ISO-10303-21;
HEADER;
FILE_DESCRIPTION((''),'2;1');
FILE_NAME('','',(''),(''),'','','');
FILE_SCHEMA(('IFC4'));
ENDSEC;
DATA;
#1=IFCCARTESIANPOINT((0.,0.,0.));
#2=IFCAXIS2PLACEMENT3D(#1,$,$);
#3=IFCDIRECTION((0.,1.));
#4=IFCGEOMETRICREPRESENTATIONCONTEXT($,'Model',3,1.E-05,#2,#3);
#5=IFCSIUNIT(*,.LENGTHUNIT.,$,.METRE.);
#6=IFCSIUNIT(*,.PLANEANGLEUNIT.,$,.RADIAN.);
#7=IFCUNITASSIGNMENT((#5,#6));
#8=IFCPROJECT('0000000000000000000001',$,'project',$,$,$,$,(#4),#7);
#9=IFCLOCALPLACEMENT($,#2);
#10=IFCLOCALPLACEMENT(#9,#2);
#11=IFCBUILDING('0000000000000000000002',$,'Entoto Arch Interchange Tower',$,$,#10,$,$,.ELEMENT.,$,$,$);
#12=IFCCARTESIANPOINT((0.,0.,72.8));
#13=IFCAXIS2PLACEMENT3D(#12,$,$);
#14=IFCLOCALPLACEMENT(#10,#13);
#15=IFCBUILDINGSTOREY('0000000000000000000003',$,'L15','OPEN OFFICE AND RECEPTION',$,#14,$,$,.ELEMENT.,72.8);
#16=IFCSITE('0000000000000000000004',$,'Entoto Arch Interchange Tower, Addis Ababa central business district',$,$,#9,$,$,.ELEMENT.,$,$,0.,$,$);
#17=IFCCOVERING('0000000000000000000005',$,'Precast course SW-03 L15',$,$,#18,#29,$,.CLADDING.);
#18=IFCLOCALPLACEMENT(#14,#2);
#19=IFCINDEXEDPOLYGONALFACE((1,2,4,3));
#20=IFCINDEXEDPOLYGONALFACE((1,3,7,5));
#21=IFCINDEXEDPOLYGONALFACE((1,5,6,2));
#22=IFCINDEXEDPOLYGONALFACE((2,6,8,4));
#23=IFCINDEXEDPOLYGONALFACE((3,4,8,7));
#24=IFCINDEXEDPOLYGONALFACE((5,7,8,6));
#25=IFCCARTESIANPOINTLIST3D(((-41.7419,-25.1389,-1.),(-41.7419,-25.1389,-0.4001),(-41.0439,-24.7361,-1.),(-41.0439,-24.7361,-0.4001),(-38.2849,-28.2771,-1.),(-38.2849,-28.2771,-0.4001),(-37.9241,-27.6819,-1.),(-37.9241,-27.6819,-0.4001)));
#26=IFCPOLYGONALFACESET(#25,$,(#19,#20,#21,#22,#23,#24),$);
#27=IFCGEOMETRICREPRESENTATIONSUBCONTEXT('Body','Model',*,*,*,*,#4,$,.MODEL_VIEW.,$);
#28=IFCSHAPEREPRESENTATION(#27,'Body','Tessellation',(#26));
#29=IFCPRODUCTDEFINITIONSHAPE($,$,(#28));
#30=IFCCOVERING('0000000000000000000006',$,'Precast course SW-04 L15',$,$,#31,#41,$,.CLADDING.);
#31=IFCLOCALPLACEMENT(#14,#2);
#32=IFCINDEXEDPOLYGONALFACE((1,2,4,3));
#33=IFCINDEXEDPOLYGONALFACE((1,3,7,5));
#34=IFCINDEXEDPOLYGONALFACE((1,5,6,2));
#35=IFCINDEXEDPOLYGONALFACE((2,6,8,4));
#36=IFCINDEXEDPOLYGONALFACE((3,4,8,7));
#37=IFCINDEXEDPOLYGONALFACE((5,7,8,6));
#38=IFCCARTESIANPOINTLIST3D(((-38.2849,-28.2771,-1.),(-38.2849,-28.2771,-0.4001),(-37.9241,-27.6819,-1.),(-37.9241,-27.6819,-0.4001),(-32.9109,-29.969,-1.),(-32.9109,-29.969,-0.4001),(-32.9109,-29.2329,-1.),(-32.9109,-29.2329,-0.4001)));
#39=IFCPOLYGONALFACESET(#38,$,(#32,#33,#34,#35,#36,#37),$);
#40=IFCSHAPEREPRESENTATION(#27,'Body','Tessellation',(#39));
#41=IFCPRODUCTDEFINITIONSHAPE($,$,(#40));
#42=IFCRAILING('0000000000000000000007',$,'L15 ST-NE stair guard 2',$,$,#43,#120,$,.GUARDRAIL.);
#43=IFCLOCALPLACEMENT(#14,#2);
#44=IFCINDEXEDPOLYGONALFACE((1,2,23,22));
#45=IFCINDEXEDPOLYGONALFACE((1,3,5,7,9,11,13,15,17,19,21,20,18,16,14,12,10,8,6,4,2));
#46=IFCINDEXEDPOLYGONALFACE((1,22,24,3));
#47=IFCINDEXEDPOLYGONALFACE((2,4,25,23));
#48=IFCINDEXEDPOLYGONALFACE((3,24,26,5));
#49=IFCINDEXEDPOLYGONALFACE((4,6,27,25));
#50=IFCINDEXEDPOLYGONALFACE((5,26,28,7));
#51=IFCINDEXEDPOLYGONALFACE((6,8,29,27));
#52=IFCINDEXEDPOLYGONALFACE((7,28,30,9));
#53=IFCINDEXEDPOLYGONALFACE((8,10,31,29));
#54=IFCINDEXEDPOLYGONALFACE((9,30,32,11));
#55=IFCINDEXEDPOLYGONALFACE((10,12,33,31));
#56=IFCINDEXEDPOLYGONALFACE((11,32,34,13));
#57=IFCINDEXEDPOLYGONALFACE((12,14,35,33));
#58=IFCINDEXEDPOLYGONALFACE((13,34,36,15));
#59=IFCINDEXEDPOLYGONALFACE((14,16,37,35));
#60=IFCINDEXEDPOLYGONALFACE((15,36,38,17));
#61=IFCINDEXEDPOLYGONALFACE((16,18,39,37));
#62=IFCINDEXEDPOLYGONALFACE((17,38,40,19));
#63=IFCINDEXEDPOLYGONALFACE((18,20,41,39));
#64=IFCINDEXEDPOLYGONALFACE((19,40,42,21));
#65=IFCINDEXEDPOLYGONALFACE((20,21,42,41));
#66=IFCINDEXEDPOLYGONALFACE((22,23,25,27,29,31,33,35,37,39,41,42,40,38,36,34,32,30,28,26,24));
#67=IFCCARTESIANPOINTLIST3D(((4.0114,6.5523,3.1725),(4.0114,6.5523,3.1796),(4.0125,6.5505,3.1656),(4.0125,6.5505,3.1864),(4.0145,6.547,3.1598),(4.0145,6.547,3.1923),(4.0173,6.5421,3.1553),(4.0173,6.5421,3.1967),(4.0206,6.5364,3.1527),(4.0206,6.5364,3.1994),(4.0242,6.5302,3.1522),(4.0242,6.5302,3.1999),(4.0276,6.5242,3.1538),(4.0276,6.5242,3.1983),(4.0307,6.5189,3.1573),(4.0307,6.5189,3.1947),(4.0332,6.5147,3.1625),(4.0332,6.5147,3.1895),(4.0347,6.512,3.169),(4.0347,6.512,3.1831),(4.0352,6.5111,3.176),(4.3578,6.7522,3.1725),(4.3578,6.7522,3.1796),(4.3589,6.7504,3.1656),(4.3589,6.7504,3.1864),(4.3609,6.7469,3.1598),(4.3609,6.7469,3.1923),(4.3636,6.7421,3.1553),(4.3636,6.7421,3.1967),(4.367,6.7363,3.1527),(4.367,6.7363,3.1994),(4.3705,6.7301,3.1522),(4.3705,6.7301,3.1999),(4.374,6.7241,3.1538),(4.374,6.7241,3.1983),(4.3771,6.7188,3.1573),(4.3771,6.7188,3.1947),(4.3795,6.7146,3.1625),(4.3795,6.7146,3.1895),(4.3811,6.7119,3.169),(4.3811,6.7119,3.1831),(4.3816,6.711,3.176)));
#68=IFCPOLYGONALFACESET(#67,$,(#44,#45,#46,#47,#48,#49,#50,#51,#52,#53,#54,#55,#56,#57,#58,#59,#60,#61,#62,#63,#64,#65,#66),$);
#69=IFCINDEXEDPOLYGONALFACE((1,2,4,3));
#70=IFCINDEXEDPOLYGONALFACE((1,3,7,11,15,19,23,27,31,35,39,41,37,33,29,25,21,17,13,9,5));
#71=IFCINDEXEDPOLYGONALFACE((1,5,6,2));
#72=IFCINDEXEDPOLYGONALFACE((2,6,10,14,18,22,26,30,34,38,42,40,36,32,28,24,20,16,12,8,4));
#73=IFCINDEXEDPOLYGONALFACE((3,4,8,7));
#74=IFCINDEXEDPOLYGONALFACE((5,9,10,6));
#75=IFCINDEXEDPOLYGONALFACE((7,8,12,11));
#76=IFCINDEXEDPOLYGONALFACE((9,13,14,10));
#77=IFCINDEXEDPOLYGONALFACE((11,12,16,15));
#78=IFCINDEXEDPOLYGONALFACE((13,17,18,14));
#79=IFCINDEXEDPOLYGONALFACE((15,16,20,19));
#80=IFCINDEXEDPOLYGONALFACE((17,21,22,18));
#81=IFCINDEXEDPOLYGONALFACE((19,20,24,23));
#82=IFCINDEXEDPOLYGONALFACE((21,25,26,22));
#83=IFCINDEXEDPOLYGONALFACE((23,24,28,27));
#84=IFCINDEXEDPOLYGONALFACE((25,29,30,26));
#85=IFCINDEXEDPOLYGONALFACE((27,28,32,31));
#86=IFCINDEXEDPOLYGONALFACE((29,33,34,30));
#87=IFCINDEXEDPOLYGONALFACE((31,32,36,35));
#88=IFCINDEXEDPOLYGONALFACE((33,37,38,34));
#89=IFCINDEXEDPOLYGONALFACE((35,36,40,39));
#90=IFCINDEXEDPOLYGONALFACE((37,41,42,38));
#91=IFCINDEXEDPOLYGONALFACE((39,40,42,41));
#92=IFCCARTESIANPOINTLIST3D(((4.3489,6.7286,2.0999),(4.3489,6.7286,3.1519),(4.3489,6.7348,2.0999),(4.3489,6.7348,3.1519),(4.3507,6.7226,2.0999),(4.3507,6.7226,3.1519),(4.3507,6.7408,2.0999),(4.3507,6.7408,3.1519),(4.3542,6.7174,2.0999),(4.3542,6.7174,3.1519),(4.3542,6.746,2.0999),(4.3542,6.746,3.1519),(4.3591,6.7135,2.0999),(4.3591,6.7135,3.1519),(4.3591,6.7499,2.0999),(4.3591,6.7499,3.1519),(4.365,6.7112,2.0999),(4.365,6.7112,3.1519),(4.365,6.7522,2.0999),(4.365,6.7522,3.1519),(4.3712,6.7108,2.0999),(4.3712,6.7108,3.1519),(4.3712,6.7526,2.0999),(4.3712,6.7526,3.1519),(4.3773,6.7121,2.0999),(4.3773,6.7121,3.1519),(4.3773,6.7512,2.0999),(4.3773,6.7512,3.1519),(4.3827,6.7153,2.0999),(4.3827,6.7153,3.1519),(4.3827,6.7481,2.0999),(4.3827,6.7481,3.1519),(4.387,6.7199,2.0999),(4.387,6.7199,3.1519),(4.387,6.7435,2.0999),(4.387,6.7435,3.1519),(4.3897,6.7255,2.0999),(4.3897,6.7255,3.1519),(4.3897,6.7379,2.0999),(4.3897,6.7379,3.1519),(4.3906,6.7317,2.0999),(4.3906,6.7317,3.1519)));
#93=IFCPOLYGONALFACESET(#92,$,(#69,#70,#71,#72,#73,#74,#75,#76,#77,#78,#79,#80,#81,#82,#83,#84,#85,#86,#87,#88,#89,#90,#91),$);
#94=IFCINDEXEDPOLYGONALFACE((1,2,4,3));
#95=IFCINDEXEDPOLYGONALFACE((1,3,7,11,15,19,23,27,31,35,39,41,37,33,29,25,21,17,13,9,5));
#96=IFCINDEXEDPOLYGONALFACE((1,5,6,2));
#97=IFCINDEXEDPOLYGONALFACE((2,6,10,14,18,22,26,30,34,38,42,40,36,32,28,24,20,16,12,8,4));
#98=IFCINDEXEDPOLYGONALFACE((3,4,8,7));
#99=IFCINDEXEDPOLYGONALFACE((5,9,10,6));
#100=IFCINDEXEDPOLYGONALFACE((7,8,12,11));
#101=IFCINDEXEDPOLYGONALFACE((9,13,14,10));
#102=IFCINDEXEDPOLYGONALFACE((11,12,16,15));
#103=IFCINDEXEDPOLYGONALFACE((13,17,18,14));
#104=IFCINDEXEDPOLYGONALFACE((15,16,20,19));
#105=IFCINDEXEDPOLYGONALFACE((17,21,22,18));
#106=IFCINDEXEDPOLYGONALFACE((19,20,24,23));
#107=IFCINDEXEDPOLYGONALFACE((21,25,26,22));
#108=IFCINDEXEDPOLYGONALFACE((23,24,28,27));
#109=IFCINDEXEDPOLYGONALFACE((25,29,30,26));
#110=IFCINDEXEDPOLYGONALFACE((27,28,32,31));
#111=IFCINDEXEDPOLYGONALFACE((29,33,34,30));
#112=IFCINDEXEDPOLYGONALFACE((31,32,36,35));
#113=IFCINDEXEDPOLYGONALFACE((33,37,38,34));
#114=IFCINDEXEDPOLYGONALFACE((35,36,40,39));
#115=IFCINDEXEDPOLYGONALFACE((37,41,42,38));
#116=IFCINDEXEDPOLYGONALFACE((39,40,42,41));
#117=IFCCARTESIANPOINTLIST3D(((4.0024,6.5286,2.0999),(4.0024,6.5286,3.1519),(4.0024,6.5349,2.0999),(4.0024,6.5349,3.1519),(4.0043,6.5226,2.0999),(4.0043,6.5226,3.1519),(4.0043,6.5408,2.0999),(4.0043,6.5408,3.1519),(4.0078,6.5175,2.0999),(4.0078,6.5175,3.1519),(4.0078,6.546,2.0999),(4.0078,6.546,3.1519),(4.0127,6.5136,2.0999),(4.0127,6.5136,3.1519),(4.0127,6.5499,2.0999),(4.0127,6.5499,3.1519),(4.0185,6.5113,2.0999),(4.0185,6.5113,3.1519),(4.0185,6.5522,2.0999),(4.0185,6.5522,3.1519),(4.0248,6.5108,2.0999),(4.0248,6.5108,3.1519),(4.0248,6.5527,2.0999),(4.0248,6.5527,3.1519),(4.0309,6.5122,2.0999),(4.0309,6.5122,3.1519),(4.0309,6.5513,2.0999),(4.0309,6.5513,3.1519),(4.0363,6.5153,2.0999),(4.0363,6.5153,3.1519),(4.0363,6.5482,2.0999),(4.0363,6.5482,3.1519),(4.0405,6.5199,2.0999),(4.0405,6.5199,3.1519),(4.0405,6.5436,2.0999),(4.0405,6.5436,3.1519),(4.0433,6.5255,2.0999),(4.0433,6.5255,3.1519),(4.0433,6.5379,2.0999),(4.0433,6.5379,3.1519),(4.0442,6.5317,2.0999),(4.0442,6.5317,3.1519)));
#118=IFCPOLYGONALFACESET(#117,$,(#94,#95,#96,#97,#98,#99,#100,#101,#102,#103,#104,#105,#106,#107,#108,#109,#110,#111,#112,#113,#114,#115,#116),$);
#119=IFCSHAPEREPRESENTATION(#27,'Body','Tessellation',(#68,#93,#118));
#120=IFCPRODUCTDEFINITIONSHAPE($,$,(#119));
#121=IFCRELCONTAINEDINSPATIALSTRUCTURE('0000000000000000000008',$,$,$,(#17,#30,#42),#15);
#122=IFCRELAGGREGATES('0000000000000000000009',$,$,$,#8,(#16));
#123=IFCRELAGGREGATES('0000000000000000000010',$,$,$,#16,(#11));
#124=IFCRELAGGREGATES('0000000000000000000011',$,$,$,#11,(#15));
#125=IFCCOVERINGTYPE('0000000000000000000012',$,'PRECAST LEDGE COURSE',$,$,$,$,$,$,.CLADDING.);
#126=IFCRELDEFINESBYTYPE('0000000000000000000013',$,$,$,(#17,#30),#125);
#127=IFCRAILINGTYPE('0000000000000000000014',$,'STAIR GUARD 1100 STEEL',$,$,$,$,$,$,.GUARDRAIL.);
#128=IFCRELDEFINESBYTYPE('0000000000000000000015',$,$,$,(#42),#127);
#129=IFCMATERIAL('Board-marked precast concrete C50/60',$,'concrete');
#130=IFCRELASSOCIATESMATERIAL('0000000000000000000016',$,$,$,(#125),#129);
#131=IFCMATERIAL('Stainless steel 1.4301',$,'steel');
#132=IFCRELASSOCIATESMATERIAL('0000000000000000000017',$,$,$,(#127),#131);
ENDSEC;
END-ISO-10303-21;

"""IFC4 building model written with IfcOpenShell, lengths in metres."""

from ifc_helpers import new_model, si_unit, direction, frame, origin, origin_2d, place, context, subcontext, project, spatial, polyline, circle, outline, extrude, material, type_object, element, save


model = new_model("IFC4")

# Units and contexts
model_context = context("Model", 3, precision=1e-05, world=origin(), true_north=direction((0.0, 1.0)))
body_context = subcontext(model_context, "Body", "Model", "MODEL_VIEW")
ifc_project = project(units=[si_unit("LENGTHUNIT", "METRE"), si_unit("PLANEANGLEUNIT", "RADIAN")], contexts=[model_context])

# Site, building, storey
site_placement = place(None, origin())
site = spatial("IfcSite", under=ifc_project, at=site_placement, Name="Entoto Arch Interchange Tower, Addis Ababa central business district", CompositionType="ELEMENT", RefElevation=0.0)
building_placement = place(site_placement, origin())
building = spatial("IfcBuilding", under=site, at=building_placement, Name="Entoto Arch Interchange Tower", CompositionType="ELEMENT")
storey_placement = place(building_placement, frame((0.0, 0.0, 72.8)))
storey = spatial("IfcBuildingStorey", under=building, at=storey_placement, Name="L15", Description="OPEN OFFICE AND RECEPTION", CompositionType="ELEMENT", Elevation=72.8)

# Shared definitions
ifc_material_1 = material(Name="Board-marked precast concrete C50/60", Category="concrete")

# Coverings
covering_type_1 = type_object("IfcCoveringType", Name="PRECAST LEDGE COURSE", PredefinedType="CLADDING", material=ifc_material_1)
covering_1_placement = place(storey_placement, frame((0.0, 0.0, -1.0)))
element("IfcCovering", 1, at=covering_1_placement, inside=storey, type_object=covering_type_1, Name="Precast course SW-03 L15", PredefinedType="CLADDING", context=body_context, shape_type="SweptSolid", body=[
    extrude(outline(polyline([(-37.9241, -27.6819), (-38.2849, -28.2771), (-41.7419, -25.1389), (-41.0439, -24.7361), (-37.9241, -27.6819)])), origin(), (0.0, 0.0, 1.0), 0.5999),
])
covering_2_placement = place(storey_placement, frame((0.0, 0.0, -1.0)))
element("IfcCovering", 2, at=covering_2_placement, inside=storey, type_object=covering_type_1, Name="Precast course SW-04 L15", PredefinedType="CLADDING", context=body_context, shape_type="SweptSolid", body=[
    extrude(outline(polyline([(-32.9109, -29.2329), (-32.9109, -29.969), (-38.2849, -28.2771), (-37.9241, -27.6819), (-32.9109, -29.2329)])), origin(), (0.0, 0.0, 1.0), 0.5999),
])

# Railing
ifc_material_2 = material(Name="Stainless steel 1.4301", Category="steel")
railing_type_1 = type_object("IfcRailingType", Name="STAIR GUARD 1100 STEEL", PredefinedType="GUARDRAIL", material=ifc_material_2)
railing_1_placement = place(storey_placement, frame((4.3696, 6.7317, 2.0999)))
element("IfcRailing", 3, at=railing_1_placement, inside=storey, type_object=railing_type_1, Name="L15 ST-NE stair guard 2", PredefinedType="GUARDRAIL", context=body_context, shape_type="SweptSolid", body=[
    extrude(circle(Radius=0.0239, at=origin_2d()), frame((0.0, 0.0, 1.0762), z_axis=(-0.866094, -0.499881, 0.0), x_axis=(0.499881, -0.866094, 0.0)), (0.0, 0.0, 1.0), 0.3999),
    extrude(circle(Radius=0.021, at=origin_2d()), origin(), (0.0, 0.0, 1.0), 1.052),
    extrude(circle(Radius=0.021, at=origin_2d()), frame((-0.3464, -0.2, 0.0)), (0.0, 0.0, 1.0), 1.052),
])

save(model, "model.ifc")
